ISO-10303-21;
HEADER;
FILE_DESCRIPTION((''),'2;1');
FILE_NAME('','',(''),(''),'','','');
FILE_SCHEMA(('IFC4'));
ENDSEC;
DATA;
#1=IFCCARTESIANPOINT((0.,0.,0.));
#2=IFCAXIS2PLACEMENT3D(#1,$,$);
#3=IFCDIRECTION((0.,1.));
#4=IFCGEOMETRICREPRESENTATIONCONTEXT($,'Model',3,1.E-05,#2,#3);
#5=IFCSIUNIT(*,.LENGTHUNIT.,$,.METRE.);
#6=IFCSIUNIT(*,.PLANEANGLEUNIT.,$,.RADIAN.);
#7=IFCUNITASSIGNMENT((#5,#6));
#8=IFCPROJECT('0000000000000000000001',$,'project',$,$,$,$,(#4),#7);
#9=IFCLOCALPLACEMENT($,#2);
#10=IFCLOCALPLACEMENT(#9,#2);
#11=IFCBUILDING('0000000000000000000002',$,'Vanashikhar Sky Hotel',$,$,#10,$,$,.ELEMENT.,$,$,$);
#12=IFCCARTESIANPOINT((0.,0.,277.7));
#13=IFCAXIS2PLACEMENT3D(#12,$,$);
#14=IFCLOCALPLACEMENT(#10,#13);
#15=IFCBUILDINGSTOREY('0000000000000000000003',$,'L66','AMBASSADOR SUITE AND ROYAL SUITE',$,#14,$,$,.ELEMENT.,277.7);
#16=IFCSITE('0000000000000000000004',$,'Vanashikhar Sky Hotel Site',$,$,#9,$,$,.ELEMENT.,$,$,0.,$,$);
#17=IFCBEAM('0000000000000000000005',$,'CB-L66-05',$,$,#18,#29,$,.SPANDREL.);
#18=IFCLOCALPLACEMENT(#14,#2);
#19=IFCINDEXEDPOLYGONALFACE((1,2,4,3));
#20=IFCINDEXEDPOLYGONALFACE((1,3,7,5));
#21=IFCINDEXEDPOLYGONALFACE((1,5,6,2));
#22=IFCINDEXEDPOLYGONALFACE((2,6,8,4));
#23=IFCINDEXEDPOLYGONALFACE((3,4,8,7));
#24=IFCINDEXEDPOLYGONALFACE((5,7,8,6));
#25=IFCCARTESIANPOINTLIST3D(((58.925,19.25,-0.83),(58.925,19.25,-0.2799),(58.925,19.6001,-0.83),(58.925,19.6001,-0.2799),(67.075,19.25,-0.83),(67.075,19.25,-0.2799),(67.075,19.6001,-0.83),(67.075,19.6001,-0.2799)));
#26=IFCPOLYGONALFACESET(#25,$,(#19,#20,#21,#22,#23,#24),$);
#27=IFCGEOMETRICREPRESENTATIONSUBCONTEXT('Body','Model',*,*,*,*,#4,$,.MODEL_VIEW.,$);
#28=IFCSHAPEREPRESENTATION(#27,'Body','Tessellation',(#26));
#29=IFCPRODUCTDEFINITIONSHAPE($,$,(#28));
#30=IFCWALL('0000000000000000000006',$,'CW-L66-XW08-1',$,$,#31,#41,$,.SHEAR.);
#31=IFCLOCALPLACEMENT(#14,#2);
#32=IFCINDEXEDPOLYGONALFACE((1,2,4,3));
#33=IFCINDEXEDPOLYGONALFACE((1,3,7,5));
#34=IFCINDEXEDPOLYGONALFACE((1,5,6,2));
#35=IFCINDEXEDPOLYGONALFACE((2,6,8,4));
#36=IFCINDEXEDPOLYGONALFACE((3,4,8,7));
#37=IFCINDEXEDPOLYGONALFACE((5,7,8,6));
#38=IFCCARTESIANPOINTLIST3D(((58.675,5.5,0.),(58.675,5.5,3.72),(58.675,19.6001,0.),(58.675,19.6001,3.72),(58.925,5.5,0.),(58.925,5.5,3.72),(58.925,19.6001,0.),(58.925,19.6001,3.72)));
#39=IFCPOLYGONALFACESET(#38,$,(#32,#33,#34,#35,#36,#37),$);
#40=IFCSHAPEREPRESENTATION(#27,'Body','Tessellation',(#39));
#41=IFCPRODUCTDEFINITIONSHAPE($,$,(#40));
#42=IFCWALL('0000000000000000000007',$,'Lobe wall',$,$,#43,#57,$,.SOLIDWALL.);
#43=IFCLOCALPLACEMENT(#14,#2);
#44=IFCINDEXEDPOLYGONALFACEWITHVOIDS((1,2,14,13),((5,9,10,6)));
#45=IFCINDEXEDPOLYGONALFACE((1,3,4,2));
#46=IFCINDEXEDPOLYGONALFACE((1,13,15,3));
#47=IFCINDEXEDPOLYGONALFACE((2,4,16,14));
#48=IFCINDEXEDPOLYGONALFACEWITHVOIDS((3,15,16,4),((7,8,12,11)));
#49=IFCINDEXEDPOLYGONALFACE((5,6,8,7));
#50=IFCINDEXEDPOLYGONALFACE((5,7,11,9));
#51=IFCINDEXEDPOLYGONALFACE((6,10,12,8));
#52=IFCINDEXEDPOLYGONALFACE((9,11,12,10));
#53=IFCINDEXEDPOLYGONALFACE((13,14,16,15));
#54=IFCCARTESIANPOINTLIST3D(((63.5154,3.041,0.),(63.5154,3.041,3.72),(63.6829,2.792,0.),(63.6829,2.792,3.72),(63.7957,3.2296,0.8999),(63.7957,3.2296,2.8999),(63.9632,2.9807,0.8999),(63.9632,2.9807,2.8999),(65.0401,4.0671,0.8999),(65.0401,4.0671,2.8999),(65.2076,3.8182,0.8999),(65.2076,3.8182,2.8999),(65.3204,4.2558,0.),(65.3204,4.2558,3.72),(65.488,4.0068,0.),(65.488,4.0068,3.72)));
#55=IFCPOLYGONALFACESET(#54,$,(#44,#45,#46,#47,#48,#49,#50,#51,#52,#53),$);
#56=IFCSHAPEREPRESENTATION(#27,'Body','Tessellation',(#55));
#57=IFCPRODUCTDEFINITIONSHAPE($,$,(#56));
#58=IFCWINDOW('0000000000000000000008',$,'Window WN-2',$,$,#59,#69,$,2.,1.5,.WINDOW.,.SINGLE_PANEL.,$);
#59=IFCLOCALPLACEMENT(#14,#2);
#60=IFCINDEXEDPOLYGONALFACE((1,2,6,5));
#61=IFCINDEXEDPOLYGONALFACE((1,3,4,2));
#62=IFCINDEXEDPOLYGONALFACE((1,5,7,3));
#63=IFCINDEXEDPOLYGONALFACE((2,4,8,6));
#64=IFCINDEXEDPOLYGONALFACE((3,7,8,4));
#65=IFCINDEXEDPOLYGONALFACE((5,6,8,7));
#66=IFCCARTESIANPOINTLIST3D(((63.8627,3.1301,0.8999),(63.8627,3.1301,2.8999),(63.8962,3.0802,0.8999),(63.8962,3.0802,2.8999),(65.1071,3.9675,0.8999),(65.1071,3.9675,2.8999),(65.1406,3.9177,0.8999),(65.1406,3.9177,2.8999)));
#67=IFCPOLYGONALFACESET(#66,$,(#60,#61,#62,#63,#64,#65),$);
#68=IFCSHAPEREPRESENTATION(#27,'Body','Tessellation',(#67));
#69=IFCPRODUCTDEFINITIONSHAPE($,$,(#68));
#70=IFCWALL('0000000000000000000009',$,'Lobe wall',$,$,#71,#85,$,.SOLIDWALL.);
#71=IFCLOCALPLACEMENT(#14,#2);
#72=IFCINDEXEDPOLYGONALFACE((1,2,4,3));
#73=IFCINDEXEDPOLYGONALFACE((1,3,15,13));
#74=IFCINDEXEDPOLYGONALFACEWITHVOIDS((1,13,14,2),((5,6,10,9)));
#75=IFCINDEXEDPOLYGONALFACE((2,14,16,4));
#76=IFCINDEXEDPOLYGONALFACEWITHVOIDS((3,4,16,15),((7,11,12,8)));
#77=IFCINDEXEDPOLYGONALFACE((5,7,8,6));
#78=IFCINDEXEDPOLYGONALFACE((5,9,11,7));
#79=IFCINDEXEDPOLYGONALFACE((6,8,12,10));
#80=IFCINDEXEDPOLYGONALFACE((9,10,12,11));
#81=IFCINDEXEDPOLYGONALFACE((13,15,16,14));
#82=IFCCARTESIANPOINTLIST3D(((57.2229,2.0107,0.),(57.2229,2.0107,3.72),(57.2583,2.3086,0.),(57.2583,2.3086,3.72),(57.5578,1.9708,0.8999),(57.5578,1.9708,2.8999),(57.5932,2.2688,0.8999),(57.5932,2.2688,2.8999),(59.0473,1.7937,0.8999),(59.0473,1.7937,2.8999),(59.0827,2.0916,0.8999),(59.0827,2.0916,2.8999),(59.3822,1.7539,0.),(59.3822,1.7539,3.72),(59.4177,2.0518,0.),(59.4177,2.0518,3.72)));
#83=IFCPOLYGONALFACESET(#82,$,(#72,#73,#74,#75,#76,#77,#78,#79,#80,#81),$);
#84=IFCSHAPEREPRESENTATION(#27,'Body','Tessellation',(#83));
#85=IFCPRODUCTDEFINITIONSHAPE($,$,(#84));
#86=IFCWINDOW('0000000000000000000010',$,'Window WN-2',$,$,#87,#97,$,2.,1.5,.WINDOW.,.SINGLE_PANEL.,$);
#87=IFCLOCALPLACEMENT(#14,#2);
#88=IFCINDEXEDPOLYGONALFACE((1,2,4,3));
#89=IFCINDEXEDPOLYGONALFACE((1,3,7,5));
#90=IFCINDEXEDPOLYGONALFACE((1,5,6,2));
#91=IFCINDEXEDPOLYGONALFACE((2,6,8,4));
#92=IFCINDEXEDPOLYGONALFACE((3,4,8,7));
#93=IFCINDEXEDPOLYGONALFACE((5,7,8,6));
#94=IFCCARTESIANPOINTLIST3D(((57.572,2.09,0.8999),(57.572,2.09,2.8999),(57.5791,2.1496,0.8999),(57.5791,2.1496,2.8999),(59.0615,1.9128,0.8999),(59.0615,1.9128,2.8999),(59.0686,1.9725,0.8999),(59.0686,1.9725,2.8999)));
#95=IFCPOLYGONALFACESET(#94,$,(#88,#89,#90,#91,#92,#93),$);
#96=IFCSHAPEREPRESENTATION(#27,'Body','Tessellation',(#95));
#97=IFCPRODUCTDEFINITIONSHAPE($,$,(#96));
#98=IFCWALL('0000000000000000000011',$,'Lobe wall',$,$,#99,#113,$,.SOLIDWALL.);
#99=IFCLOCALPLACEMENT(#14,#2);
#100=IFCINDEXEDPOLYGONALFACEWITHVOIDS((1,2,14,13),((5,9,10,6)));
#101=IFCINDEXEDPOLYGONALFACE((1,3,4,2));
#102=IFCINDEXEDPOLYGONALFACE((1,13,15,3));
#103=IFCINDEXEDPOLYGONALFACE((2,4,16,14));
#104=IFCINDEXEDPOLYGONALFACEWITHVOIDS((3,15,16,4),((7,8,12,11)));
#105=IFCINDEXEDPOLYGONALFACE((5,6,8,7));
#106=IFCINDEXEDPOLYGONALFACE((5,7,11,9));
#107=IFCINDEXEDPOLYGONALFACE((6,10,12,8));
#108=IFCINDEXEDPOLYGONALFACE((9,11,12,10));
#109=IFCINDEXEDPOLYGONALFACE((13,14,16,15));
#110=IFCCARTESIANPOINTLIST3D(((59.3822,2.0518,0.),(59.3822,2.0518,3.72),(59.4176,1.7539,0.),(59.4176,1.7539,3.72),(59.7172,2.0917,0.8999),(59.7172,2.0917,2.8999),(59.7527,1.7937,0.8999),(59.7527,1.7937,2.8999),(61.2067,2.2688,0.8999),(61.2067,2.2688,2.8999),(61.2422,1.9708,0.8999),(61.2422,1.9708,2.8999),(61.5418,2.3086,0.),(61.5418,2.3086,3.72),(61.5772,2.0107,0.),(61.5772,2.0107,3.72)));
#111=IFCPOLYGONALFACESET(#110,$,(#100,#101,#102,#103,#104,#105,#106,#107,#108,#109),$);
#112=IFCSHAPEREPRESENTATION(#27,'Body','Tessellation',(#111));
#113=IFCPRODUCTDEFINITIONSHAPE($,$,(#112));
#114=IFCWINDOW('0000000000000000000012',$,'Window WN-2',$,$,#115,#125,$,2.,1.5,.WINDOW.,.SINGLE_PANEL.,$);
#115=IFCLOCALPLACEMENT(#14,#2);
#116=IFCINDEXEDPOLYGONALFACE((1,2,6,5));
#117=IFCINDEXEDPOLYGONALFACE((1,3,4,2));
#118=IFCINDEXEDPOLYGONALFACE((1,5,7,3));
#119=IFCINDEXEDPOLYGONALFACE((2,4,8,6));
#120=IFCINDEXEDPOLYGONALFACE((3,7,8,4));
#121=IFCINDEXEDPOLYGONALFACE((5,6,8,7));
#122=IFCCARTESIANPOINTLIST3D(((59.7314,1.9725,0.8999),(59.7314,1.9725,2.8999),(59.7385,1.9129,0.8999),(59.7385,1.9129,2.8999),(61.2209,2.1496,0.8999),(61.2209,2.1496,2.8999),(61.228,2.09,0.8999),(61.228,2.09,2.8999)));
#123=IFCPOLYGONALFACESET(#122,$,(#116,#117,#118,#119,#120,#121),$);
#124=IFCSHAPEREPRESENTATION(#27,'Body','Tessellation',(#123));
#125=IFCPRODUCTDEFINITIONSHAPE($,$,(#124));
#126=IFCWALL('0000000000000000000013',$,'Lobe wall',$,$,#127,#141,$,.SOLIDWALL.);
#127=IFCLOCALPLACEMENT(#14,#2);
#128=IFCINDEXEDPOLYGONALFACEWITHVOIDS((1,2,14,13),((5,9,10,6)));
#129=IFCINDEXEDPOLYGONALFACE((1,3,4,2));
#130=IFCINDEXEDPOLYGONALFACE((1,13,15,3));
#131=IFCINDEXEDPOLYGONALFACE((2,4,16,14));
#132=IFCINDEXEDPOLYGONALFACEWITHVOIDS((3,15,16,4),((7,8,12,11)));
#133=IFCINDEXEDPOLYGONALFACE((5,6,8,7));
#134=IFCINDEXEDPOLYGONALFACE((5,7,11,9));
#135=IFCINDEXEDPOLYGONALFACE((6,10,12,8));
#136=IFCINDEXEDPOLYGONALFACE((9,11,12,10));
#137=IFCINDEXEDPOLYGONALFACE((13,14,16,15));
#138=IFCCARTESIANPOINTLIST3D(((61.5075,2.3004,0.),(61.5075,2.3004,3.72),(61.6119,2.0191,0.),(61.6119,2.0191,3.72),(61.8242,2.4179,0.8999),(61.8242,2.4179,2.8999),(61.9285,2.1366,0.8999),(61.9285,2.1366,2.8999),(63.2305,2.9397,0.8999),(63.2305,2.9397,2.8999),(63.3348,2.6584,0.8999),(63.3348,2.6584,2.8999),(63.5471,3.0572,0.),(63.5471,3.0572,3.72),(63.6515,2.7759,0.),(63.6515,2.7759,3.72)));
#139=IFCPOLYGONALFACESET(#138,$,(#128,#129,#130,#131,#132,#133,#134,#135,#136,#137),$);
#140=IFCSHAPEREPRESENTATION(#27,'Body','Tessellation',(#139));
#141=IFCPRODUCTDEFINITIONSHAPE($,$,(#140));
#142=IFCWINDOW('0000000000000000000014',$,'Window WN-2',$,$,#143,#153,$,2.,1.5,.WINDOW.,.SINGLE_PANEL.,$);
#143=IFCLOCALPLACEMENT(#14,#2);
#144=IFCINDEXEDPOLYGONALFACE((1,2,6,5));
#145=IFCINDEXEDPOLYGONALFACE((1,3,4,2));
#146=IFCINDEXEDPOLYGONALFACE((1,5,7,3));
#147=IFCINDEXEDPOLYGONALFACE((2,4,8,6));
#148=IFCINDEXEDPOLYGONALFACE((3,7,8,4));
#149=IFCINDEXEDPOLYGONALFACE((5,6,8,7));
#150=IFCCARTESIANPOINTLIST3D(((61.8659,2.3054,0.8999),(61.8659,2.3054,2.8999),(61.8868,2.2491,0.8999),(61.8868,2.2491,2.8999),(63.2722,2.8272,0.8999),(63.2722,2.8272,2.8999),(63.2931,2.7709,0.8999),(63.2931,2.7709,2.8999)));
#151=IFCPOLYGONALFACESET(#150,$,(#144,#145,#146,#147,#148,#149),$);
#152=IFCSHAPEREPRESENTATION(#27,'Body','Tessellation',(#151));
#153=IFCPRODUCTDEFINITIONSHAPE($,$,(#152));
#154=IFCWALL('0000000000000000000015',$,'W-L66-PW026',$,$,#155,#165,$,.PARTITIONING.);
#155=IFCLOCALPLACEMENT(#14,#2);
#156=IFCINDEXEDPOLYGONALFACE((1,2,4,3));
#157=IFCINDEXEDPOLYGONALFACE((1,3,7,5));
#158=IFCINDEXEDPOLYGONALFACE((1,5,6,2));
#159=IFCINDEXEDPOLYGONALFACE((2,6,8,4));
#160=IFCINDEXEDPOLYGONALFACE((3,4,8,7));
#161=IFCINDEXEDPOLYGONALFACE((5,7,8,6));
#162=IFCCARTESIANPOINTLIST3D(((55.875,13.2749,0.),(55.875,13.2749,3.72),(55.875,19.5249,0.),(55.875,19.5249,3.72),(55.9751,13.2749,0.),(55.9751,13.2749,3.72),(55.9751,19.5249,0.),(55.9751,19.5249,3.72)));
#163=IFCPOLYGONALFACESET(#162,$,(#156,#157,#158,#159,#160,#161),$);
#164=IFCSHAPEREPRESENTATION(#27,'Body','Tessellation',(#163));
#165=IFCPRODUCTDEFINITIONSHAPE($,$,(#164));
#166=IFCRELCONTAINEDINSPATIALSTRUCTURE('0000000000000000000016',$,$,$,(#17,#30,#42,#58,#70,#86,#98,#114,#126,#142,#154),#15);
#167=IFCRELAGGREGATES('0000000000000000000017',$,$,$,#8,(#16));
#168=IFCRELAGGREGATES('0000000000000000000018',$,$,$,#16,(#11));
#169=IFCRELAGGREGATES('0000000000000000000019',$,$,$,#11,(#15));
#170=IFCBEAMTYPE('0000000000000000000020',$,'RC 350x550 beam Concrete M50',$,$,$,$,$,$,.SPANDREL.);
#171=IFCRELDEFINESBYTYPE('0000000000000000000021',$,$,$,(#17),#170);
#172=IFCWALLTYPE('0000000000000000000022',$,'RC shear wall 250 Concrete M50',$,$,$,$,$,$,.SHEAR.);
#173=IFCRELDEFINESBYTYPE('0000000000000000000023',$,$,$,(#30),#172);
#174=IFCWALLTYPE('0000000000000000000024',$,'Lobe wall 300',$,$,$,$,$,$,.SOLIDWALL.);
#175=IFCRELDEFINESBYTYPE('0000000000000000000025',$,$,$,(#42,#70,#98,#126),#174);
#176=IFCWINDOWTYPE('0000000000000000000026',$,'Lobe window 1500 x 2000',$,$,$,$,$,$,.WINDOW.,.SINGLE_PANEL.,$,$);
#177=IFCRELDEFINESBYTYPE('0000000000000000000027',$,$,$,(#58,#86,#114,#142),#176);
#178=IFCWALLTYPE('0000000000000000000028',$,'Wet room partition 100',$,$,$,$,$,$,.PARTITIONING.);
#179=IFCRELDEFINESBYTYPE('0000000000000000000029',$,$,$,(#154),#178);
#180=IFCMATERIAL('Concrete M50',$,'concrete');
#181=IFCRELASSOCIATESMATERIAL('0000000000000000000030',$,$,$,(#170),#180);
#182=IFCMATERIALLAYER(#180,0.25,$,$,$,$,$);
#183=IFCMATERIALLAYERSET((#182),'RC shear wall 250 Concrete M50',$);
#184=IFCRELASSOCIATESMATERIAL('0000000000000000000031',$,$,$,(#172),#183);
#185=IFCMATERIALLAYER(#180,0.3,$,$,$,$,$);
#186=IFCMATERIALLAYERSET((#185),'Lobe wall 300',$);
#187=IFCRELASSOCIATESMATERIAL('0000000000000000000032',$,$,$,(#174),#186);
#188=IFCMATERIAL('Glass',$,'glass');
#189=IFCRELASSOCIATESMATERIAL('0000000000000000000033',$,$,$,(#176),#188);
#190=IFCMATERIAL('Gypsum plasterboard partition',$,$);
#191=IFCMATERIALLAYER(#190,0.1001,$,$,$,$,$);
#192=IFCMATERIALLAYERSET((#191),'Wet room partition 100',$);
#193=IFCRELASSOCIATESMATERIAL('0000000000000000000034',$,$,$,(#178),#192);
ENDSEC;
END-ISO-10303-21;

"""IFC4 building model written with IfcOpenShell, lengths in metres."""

from ifc_helpers import new_model, si_unit, direction, frame, frame_2d, origin, origin_2d, place, context, subcontext, project, spatial, rectangle, extrude, source, transform, mapped, material, layer, layer_set, material_profile, profile_set, type_object, element, fill, save


model = new_model("IFC4")

# Units and contexts
model_context = context("Model", 3, precision=1e-05, world=origin(), true_north=direction((0.0, 1.0)))
body_context = subcontext(model_context, "Body", "Model", "MODEL_VIEW")
ifc_project = project(units=[si_unit("LENGTHUNIT", "METRE"), si_unit("PLANEANGLEUNIT", "RADIAN")], contexts=[model_context])

# Site, building, storey
site_placement = place(None, origin())
site = spatial("IfcSite", under=ifc_project, at=site_placement, Name="Vanashikhar Sky Hotel Site", CompositionType="ELEMENT", RefElevation=0.0)
building_placement = place(site_placement, origin())
building = spatial("IfcBuilding", under=site, at=building_placement, Name="Vanashikhar Sky Hotel", CompositionType="ELEMENT")
storey_placement = place(building_placement, frame((0.0, 0.0, 277.7)))
storey = spatial("IfcBuildingStorey", under=building, at=storey_placement, Name="L66", Description="AMBASSADOR SUITE AND ROYAL SUITE", CompositionType="ELEMENT", Elevation=277.7)

# Beam
ifc_material_1 = material(Name="Concrete M50", Category="concrete")
ifc_material_profile_1 = material_profile(ifc_material_1, rectangle(XDim=0.3501, YDim=0.55, at=origin_2d()))
ifc_profile_set_1 = profile_set([ifc_material_profile_1], Name="RC 350x550 beam Concrete M50")
beam_type = type_object("IfcBeamType", Name="RC 350x550 beam Concrete M50", PredefinedType="SPANDREL", material=ifc_profile_set_1)
shared_shape_1 = source(origin(), body_context, "Body", "SweptSolid", [
    extrude(rectangle(XDim=0.3501, YDim=0.55, at=origin_2d()), origin(), (0.0, 0.0, 1.0), 8.1499),
])
beam_placement = place(storey_placement, frame((58.925, 19.425, -0.5549), z_axis=(1.0, 0.0, 0.0), x_axis=(0.0, 1.0, 0.0)))
element("IfcBeam", 1, at=beam_placement, inside=storey, type_object=beam_type, Name="CB-L66-05", PredefinedType="SPANDREL", context=body_context, shape_type="MappedRepresentation", body=[
    mapped(shared_shape_1, transform((0.0, 0.0, 0.0), scale=1.0)),
])

# Wall
ifc_layer_1 = layer(ifc_material_1, 0.25)
ifc_layer_set_1 = layer_set([ifc_layer_1], Name="RC shear wall 250 Concrete M50")
wall_type_1 = type_object("IfcWallType", Name="RC shear wall 250 Concrete M50", PredefinedType="SHEAR", material=ifc_layer_set_1)
shared_shape_2 = source(origin(), body_context, "Body", "SweptSolid", [
    extrude(rectangle(XDim=14.1001, YDim=0.25, at=frame_2d((7.05, 0.0))), origin(), (0.0, 0.0, 1.0), 3.72),
])
wall_1_placement = place(storey_placement, frame((58.8, 5.5, 0.0), z_axis=(0.0, 0.0, 1.0), x_axis=(0.0, 1.0, 0.0)))
element("IfcWall", 2, at=wall_1_placement, inside=storey, type_object=wall_type_1, Name="CW-L66-XW08-1", PredefinedType="SHEAR", context=body_context, shape_type="MappedRepresentation", body=[
    mapped(shared_shape_2, transform((0.0, 0.0, 0.0), scale=1.0)),
])

# Walls, openings, windows
ifc_layer_2 = layer(ifc_material_1, 0.3)
ifc_layer_set_2 = layer_set([ifc_layer_2], Name="Lobe wall 300")
wall_type_2 = type_object("IfcWallType", Name="Lobe wall 300", PredefinedType="SOLIDWALL", material=ifc_layer_set_2)
shared_shape_3 = source(origin(), body_context, "Body", "SweptSolid", [
    extrude(rectangle(XDim=2.1758, YDim=0.3, at=frame_2d((1.0879, 0.0))), origin(), (0.0, 0.0, 1.0), 3.72),
])
wall_2_placement = place(storey_placement, frame((63.5991, 2.9165, 0.0), z_axis=(0.0, 0.0, 1.0), x_axis=(0.829626, 0.55832, 0.0)))
wall_2 = element("IfcWall", 3, at=wall_2_placement, inside=storey, type_object=wall_type_2, Name="Lobe wall", PredefinedType="SOLIDWALL", context=body_context, shape_type="MappedRepresentation", body=[
    mapped(shared_shape_3, transform((0.0, 0.0, 0.0), scale=1.0)),
])
shared_shape_4 = source(origin(), body_context, "Body", "SweptSolid", [
    extrude(rectangle(XDim=1.5, YDim=2.0, at=frame_2d((0.75, 1.0))), frame((0.0, 0.1602, 0.0), z_axis=(0.0, -1.0, 0.0), x_axis=(1.0, 0.0, 0.0)), (0.0, 0.0, 1.0), 0.3201),
])
opening_1_placement = place(wall_2_placement, frame((0.3379, 0.0, 0.8999)))
opening_1 = element("IfcOpeningElement", 4, at=opening_1_placement, cuts=wall_2, PredefinedType="OPENING", context=body_context, shape_type="MappedRepresentation", body=[
    mapped(shared_shape_4, transform((0.0, 0.0, 0.0), scale=1.0)),
])
ifc_material_2 = material(Name="Glass", Category="glass")
window_type = type_object("IfcWindowType", Name="Lobe window 1500 x 2000", PartitioningType="SINGLE_PANEL", PredefinedType="WINDOW", material=ifc_material_2)
shared_shape_5 = source(origin(), body_context, "Body", "SweptSolid", [
    extrude(rectangle(XDim=1.5, YDim=2.0, at=frame_2d((0.75, 1.0))), frame((0.0, 0.03, 0.0), z_axis=(0.0, -1.0, 0.0), x_axis=(1.0, 0.0, 0.0)), (0.0, 0.0, 1.0), 0.0601),
])
window_1_placement = place(opening_1_placement, origin())
window_1 = element("IfcWindow", 5, at=window_1_placement, inside=storey, type_object=window_type, Name="Window WN-2", OverallHeight=2.0, OverallWidth=1.5, PartitioningType="SINGLE_PANEL", PredefinedType="WINDOW", context=body_context, shape_type="MappedRepresentation", body=[
    mapped(shared_shape_5, transform((0.0, 0.0, 0.0), scale=1.0)),
])
fill(opening_1, window_1)
shared_shape_6 = source(origin(), body_context, "Body", "SweptSolid", [
    extrude(rectangle(XDim=2.1746, YDim=0.3, at=frame_2d((1.0874, 0.0))), origin(), (0.0, 0.0, 1.0), 3.72),
])
wall_3_placement = place(storey_placement, frame((57.2405, 2.1597, 0.0), z_axis=(0.0, 0.0, 1.0), x_axis=(0.993001, -0.118105, 0.0)))
wall_3 = element("IfcWall", 6, at=wall_3_placement, inside=storey, type_object=wall_type_2, Name="Lobe wall", PredefinedType="SOLIDWALL", context=body_context, shape_type="MappedRepresentation", body=[
    mapped(shared_shape_6, transform((0.0, 0.0, 0.0), scale=1.0)),
])
opening_2_placement = place(wall_3_placement, frame((0.3374, 0.0, 0.8999)))
opening_2 = element("IfcOpeningElement", 7, at=opening_2_placement, cuts=wall_3, PredefinedType="OPENING", context=body_context, shape_type="MappedRepresentation", body=[
    mapped(shared_shape_4, transform((0.0, 0.0, 0.0), scale=1.0)),
])
window_2_placement = place(opening_2_placement, origin())
window_2 = element("IfcWindow", 8, at=window_2_placement, inside=storey, type_object=window_type, Name="Window WN-2", OverallHeight=2.0, OverallWidth=1.5, PartitioningType="SINGLE_PANEL", PredefinedType="WINDOW", context=body_context, shape_type="MappedRepresentation", body=[
    mapped(shared_shape_5, transform((0.0, 0.0, 0.0), scale=1.0)),
])
fill(opening_2, window_2)
shared_shape_7 = source(origin(), body_context, "Body", "SweptSolid", [
    extrude(rectangle(XDim=2.1748, YDim=0.3, at=frame_2d((1.0874, 0.0))), origin(), (0.0, 0.0, 1.0), 3.72),
])
wall_4_placement = place(storey_placement, frame((59.3999, 1.9028, 0.0), z_axis=(0.0, 0.0, 1.0), x_axis=(0.993003, 0.118092, 0.0)))
wall_4 = element("IfcWall", 9, at=wall_4_placement, inside=storey, type_object=wall_type_2, Name="Lobe wall", PredefinedType="SOLIDWALL", context=body_context, shape_type="MappedRepresentation", body=[
    mapped(shared_shape_7, transform((0.0, 0.0, 0.0), scale=1.0)),
])
opening_3_placement = place(wall_4_placement, frame((0.3374, 0.0, 0.8999)))
opening_3 = element("IfcOpeningElement", 10, at=opening_3_placement, cuts=wall_4, PredefinedType="OPENING", context=body_context, shape_type="MappedRepresentation", body=[
    mapped(shared_shape_4, transform((0.0, 0.0, 0.0), scale=1.0)),
])
window_3_placement = place(opening_3_placement, origin())
window_3 = element("IfcWindow", 11, at=window_3_placement, inside=storey, type_object=window_type, Name="Window WN-2", OverallHeight=2.0, OverallWidth=1.5, PartitioningType="SINGLE_PANEL", PredefinedType="WINDOW", context=body_context, shape_type="MappedRepresentation", body=[
    mapped(shared_shape_5, transform((0.0, 0.0, 0.0), scale=1.0)),
])
fill(opening_3, window_3)
shared_shape_8 = source(origin(), body_context, "Body", "SweptSolid", [
    extrude(rectangle(XDim=2.1755, YDim=0.3, at=frame_2d((1.0879, 0.0))), origin(), (0.0, 0.0, 1.0), 3.72),
])
wall_5_placement = place(storey_placement, frame((61.5596, 2.1597, 0.0), z_axis=(0.0, 0.0, 1.0), x_axis=(0.937532, 0.347899, 0.0)))
wall_5 = element("IfcWall", 12, at=wall_5_placement, inside=storey, type_object=wall_type_2, Name="Lobe wall", PredefinedType="SOLIDWALL", context=body_context, shape_type="MappedRepresentation", body=[
    mapped(shared_shape_8, transform((0.0, 0.0, 0.0), scale=1.0)),
])
opening_4_placement = place(wall_5_placement, frame((0.3379, 0.0, 0.8999)))
opening_4 = element("IfcOpeningElement", 13, at=opening_4_placement, cuts=wall_5, PredefinedType="OPENING", context=body_context, shape_type="MappedRepresentation", body=[
    mapped(shared_shape_4, transform((0.0, 0.0, 0.0), scale=1.0)),
])
window_4_placement = place(opening_4_placement, origin())
window_4 = element("IfcWindow", 14, at=window_4_placement, inside=storey, type_object=window_type, Name="Window WN-2", OverallHeight=2.0, OverallWidth=1.5, PartitioningType="SINGLE_PANEL", PredefinedType="WINDOW", context=body_context, shape_type="MappedRepresentation", body=[
    mapped(shared_shape_5, transform((0.0, 0.0, 0.0), scale=1.0)),
])
fill(opening_4, window_4)

# Wall
ifc_material_3 = material(Name="Gypsum plasterboard partition")
ifc_layer_3 = layer(ifc_material_3, 0.1001)
ifc_layer_set_3 = layer_set([ifc_layer_3], Name="Wet room partition 100")
wall_type_3 = type_object("IfcWallType", Name="Wet room partition 100", PredefinedType="PARTITIONING", material=ifc_layer_set_3)
shared_shape_9 = source(origin(), body_context, "Body", "SweptSolid", [
    extrude(rectangle(XDim=6.25, YDim=0.1001, at=frame_2d((3.125, 0.0))), origin(), (0.0, 0.0, 1.0), 3.72),
])
for number, where, z_axis, x_axis, name in (
    (15, (55.925, 13.2749, 0.0), (0.0, 0.0, 1.0), (0.0, 1.0, 0.0), "W-L66-PW026"),
):
    element("IfcWall", number, at=place(storey_placement, frame(where, z_axis=z_axis, x_axis=x_axis)), inside=storey, type_object=wall_type_3, Name=name, PredefinedType="PARTITIONING", context=body_context, shape_type="MappedRepresentation", body=[
        mapped(shared_shape_9, transform((0.0, 0.0, 0.0), scale=1.0)),
    ])

save(model, "model.ifc")
